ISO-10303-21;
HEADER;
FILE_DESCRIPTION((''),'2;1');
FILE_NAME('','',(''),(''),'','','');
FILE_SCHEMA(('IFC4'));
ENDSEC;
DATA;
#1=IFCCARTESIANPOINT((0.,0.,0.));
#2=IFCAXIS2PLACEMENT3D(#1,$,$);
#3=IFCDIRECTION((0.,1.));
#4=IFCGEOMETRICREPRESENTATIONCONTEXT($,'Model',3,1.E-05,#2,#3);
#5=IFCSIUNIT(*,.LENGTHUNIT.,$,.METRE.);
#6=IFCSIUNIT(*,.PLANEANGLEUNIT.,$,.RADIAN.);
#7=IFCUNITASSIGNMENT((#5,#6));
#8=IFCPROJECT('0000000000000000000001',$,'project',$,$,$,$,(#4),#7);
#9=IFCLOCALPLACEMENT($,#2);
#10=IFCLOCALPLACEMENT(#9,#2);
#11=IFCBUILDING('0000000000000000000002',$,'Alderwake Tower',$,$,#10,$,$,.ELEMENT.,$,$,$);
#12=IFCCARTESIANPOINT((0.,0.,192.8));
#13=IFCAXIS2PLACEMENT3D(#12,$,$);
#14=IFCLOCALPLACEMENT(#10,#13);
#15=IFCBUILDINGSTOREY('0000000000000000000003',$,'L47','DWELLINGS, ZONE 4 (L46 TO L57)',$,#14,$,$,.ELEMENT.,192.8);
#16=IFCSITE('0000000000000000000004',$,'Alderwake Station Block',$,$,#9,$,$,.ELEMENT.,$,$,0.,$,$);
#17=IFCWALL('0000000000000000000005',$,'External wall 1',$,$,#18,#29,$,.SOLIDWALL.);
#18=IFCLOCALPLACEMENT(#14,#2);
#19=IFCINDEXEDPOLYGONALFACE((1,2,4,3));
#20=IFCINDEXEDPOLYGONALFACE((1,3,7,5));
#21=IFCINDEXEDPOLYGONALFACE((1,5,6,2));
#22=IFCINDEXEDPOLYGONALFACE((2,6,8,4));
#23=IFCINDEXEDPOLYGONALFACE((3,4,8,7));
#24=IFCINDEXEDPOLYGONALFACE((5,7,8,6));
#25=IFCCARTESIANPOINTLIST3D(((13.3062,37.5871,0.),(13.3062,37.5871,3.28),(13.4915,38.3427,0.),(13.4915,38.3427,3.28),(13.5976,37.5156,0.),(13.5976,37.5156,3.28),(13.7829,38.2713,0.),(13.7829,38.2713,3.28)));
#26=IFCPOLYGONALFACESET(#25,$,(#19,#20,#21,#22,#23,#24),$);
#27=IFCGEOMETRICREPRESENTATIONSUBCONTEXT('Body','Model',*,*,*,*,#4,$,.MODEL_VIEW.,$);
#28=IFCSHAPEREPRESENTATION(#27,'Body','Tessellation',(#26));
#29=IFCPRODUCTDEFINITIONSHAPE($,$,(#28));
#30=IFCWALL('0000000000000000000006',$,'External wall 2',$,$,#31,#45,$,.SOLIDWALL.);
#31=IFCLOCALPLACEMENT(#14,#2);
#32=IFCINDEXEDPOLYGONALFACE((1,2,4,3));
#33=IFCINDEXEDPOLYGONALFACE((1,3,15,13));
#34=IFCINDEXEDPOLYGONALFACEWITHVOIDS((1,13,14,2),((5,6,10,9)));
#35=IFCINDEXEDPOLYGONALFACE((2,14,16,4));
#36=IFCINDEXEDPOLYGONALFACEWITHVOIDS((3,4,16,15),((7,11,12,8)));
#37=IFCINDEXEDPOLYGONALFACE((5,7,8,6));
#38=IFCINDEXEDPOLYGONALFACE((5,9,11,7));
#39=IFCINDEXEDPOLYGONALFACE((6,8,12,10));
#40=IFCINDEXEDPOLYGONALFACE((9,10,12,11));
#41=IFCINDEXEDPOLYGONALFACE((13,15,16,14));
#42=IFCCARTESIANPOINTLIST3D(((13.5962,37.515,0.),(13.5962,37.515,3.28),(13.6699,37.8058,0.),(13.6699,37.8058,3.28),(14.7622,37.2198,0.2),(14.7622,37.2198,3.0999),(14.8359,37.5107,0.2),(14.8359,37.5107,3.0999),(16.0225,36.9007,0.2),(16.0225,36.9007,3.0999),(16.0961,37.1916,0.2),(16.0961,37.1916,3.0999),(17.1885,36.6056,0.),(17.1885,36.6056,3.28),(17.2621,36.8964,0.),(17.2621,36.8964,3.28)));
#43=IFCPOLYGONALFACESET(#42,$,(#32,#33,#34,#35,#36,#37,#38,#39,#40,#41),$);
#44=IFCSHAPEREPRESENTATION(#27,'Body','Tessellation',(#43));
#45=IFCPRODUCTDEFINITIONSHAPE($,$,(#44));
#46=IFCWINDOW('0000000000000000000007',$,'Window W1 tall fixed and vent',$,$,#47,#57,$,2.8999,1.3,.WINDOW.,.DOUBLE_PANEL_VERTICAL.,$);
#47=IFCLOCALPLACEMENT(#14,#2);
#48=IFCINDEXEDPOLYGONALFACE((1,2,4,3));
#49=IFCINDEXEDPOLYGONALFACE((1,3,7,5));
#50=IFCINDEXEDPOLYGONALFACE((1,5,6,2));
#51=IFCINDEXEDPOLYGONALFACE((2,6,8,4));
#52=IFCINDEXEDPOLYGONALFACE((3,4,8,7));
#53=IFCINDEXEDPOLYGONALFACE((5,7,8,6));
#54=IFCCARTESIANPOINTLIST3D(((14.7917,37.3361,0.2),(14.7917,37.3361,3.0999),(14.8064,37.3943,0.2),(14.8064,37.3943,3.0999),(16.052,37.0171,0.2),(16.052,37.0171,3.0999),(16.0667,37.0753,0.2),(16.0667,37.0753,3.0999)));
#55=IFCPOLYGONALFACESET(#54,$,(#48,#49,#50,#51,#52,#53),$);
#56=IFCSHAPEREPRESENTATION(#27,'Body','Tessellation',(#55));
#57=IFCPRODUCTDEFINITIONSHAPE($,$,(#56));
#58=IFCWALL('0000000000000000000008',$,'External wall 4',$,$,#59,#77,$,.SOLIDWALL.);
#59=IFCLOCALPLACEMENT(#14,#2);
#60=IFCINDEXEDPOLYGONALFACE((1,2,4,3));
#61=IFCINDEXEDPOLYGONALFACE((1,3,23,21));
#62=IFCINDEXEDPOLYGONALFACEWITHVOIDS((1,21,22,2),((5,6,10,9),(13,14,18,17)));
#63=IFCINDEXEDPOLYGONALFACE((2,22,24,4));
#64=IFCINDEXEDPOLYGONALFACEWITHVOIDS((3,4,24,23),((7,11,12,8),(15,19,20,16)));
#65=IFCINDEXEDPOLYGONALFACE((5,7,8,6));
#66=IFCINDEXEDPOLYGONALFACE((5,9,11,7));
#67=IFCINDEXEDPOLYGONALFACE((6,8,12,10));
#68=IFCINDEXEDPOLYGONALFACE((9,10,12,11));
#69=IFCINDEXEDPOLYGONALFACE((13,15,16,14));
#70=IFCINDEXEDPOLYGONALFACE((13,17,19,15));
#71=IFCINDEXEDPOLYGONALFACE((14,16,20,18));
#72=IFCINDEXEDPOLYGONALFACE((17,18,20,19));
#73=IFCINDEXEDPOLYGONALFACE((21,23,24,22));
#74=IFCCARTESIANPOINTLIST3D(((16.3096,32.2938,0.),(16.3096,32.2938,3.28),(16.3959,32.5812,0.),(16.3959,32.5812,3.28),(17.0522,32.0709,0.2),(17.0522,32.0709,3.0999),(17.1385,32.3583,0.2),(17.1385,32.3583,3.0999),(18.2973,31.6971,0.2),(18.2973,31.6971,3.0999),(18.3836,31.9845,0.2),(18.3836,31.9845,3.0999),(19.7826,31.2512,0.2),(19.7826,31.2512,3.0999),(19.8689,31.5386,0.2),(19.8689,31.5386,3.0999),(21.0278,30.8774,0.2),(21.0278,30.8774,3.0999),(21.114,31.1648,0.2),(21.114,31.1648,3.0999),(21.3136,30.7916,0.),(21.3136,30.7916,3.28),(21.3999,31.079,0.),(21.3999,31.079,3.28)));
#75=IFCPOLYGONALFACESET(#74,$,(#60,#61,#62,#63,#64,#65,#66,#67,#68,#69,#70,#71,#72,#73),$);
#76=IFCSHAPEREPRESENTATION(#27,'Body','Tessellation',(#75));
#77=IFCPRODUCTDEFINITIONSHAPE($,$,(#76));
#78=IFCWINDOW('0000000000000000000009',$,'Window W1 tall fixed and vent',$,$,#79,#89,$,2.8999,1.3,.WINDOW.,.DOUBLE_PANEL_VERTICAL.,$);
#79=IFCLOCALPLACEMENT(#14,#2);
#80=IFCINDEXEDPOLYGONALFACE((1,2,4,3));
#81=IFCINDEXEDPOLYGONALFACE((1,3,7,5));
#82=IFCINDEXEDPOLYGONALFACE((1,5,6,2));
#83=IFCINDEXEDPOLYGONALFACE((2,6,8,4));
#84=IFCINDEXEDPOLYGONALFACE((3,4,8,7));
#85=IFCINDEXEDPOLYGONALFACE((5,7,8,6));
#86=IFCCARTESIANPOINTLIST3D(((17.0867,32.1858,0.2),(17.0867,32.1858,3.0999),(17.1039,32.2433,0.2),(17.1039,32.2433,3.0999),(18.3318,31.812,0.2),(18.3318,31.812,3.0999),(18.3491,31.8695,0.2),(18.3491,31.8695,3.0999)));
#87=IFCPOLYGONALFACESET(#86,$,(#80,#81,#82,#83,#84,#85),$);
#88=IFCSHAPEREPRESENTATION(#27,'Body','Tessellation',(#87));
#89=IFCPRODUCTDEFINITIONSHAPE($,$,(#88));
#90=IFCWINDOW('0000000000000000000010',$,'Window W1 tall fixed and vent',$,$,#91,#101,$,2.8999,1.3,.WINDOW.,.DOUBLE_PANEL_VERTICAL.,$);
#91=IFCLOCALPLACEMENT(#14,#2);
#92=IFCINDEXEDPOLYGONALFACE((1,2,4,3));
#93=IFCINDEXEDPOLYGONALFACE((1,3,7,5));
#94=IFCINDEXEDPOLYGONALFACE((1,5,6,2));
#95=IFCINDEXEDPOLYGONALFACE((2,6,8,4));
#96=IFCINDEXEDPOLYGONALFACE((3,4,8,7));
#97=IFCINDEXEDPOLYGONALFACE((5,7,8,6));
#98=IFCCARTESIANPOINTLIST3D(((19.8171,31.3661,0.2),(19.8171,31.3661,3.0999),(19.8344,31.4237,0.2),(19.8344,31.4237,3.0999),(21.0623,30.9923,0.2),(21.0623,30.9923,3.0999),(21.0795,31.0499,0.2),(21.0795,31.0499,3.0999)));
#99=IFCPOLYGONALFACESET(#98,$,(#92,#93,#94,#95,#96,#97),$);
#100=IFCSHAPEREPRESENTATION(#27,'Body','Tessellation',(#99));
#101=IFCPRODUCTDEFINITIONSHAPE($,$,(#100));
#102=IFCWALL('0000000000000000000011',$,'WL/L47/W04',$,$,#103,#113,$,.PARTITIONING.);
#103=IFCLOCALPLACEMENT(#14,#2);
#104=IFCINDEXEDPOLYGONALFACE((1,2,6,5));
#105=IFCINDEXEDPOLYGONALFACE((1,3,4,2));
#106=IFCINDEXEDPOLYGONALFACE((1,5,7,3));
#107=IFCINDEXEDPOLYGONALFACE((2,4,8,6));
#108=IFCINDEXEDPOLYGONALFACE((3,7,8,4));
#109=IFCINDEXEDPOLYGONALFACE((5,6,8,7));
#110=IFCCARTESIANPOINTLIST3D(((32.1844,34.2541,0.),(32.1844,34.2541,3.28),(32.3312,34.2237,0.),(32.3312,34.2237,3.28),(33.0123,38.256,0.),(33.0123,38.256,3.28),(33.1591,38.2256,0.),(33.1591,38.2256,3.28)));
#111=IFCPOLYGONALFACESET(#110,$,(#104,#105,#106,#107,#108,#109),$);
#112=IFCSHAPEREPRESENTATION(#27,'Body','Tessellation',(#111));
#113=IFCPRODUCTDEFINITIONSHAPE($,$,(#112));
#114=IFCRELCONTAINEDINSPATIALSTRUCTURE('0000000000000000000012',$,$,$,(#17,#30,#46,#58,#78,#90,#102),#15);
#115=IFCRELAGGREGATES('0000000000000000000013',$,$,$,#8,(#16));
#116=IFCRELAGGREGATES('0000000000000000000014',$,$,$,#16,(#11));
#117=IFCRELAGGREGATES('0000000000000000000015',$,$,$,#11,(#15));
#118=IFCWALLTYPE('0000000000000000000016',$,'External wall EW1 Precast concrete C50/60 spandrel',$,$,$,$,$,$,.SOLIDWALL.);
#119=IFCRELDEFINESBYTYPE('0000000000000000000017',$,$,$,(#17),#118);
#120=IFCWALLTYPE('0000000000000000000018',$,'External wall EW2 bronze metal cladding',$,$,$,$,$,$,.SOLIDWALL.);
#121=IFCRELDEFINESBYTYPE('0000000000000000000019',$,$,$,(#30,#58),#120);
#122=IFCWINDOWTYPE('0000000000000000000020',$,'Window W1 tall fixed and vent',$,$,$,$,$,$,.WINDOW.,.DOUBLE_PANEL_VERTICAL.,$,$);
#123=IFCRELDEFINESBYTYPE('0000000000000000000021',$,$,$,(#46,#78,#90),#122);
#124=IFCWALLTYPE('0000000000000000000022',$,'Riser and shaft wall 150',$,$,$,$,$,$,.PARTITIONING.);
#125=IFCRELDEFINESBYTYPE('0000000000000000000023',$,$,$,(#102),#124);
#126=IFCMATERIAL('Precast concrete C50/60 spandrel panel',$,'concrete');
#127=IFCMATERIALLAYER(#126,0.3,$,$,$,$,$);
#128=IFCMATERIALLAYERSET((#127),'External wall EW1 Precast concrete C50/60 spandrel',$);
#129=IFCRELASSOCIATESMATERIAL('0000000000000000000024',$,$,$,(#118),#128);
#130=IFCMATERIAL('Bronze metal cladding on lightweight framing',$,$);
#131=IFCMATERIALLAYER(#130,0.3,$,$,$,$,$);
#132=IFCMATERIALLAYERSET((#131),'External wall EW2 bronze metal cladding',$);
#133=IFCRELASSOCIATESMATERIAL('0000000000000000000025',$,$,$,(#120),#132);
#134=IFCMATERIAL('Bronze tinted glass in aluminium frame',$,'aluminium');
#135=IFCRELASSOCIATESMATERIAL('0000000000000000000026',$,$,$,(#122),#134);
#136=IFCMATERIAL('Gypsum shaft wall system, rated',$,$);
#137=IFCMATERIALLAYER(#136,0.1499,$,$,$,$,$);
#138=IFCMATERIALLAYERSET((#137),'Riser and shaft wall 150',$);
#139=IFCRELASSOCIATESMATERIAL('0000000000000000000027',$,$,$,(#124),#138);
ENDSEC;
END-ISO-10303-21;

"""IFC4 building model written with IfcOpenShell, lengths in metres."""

from ifc_helpers import new_model, si_unit, direction, frame, frame_2d, origin, place, context, subcontext, project, spatial, rectangle, extrude, material, layer, layer_set, type_object, element, fill, save


model = new_model("IFC4")

# Units and contexts
model_context = context("Model", 3, precision=1e-05, world=origin(), true_north=direction((0.0, 1.0)))
body_context = subcontext(model_context, "Body", "Model", "MODEL_VIEW")
ifc_project = project(units=[si_unit("LENGTHUNIT", "METRE"), si_unit("PLANEANGLEUNIT", "RADIAN")], contexts=[model_context])

# Site, building, storey
site_placement = place(None, origin())
site = spatial("IfcSite", under=ifc_project, at=site_placement, Name="Alderwake Station Block", CompositionType="ELEMENT", RefElevation=0.0)
building_placement = place(site_placement, origin())
building = spatial("IfcBuilding", under=site, at=building_placement, Name="Alderwake Tower", CompositionType="ELEMENT")
storey_placement = place(building_placement, frame((0.0, 0.0, 192.8)))
storey = spatial("IfcBuildingStorey", under=building, at=storey_placement, Name="L47", Description="DWELLINGS, ZONE 4 (L46 TO L57)", CompositionType="ELEMENT", Elevation=192.8)

# Wall
ifc_material_1 = material(Name="Precast concrete C50/60 spandrel panel", Category="concrete")
ifc_layer_1 = layer(ifc_material_1, 0.3)
ifc_layer_set_1 = layer_set([ifc_layer_1], Name="External wall EW1 Precast concrete C50/60 spandrel")
wall_type_1 = type_object("IfcWallType", Name="External wall EW1 Precast concrete C50/60 spandrel", PredefinedType="SOLIDWALL", material=ifc_layer_set_1)
wall_1_placement = place(storey_placement, frame((13.6372, 38.3071, 0.0), z_axis=(0.0, 0.0, 1.0), x_axis=(-0.238177, -0.971222, 0.0)))
element("IfcWall", 1, at=wall_1_placement, inside=storey, type_object=wall_type_1, Name="External wall 1", PredefinedType="SOLIDWALL", context=body_context, shape_type="SweptSolid", body=[
    extrude(rectangle(XDim=0.7781, YDim=0.3, at=frame_2d((0.3892, 0.0))), origin(), (0.0, 0.0, 1.0), 3.28),
])

# Wall, opening, window
ifc_material_2 = material(Name="Bronze metal cladding on lightweight framing")
ifc_layer_2 = layer(ifc_material_2, 0.3)
ifc_layer_set_2 = layer_set([ifc_layer_2], Name="External wall EW2 bronze metal cladding")
wall_type_2 = type_object("IfcWallType", Name="External wall EW2 bronze metal cladding", PredefinedType="SOLIDWALL", material=ifc_layer_set_2)
wall_2_placement = place(storey_placement, frame((13.6331, 37.6604, 0.0), z_axis=(0.0, 0.0, 1.0), x_axis=(0.969417, -0.245418, 0.0)))
wall_2 = element("IfcWall", 2, at=wall_2_placement, inside=storey, type_object=wall_type_2, Name="External wall 2", PredefinedType="SOLIDWALL", context=body_context, shape_type="SweptSolid", body=[
    extrude(rectangle(XDim=3.7056, YDim=0.3, at=frame_2d((1.8528, 0.0))), origin(), (0.0, 0.0, 1.0), 3.28),
])
opening_1_placement = place(wall_2_placement, frame((1.2029, 0.0, 0.2)))
opening_1 = element("IfcOpeningElement", 3, at=opening_1_placement, cuts=wall_2, PredefinedType="OPENING", context=body_context, shape_type="SweptSolid", body=[
    extrude(rectangle(XDim=1.3, YDim=2.8999, at=frame_2d((0.6499, 1.45))), frame((0.0, 0.1599, 0.0), z_axis=(0.0, -1.0, 0.0), x_axis=(1.0, 0.0, 0.0)), (0.0, 0.0, 1.0), 0.3201),
])
ifc_material_3 = material(Name="Bronze tinted glass in aluminium frame", Category="aluminium")
window_type = type_object("IfcWindowType", Name="Window W1 tall fixed and vent", PartitioningType="DOUBLE_PANEL_VERTICAL", PredefinedType="WINDOW", material=ifc_material_3)
window_1_placement = place(opening_1_placement, origin())
window_1 = element("IfcWindow", 4, at=window_1_placement, inside=storey, type_object=window_type, Name="Window W1 tall fixed and vent", OverallHeight=2.8999, OverallWidth=1.3, PartitioningType="DOUBLE_PANEL_VERTICAL", PredefinedType="WINDOW", context=body_context, shape_type="SweptSolid", body=[
    extrude(rectangle(XDim=1.3, YDim=2.8999, at=frame_2d((0.6499, 1.45))), frame((0.0, 0.03, 0.0), z_axis=(0.0, -1.0, 0.0), x_axis=(1.0, 0.0, 0.0)), (0.0, 0.0, 1.0), 0.0601),
])
fill(opening_1, window_1)

# Wall, openings, windows
wall_3_placement = place(storey_placement, frame((16.3528, 32.4375, 0.0), z_axis=(0.0, 0.0, 1.0), x_axis=(0.957772, -0.287528, 0.0)))
wall_3 = element("IfcWall", 5, at=wall_3_placement, inside=storey, type_object=wall_type_2, Name="External wall 4", PredefinedType="SOLIDWALL", context=body_context, shape_type="SweptSolid", body=[
    extrude(rectangle(XDim=5.2246, YDim=0.3, at=frame_2d((2.6123, 0.0))), origin(), (0.0, 0.0, 1.0), 3.28),
])
opening_2_placement = place(wall_3_placement, frame((0.7754, 0.0, 0.2)))
opening_2 = element("IfcOpeningElement", 6, at=opening_2_placement, cuts=wall_3, PredefinedType="OPENING", context=body_context, shape_type="SweptSolid", body=[
    extrude(rectangle(XDim=1.3, YDim=2.8999, at=frame_2d((0.6499, 1.45))), frame((0.0, 0.1599, 0.0), z_axis=(0.0, -1.0, 0.0), x_axis=(1.0, 0.0, 0.0)), (0.0, 0.0, 1.0), 0.3201),
])
opening_3_placement = place(wall_3_placement, frame((3.6262, 0.0, 0.2)))
opening_3 = element("IfcOpeningElement", 7, at=opening_3_placement, cuts=wall_3, PredefinedType="OPENING", context=body_context, shape_type="SweptSolid", body=[
    extrude(rectangle(XDim=1.3, YDim=2.8999, at=frame_2d((0.6499, 1.45))), frame((0.0, 0.1599, 0.0), z_axis=(0.0, -1.0, 0.0), x_axis=(1.0, 0.0, 0.0)), (0.0, 0.0, 1.0), 0.3201),
])
window_2_placement = place(opening_2_placement, origin())
window_2 = element("IfcWindow", 8, at=window_2_placement, inside=storey, type_object=window_type, Name="Window W1 tall fixed and vent", OverallHeight=2.8999, OverallWidth=1.3, PartitioningType="DOUBLE_PANEL_VERTICAL", PredefinedType="WINDOW", context=body_context, shape_type="SweptSolid", body=[
    extrude(rectangle(XDim=1.3, YDim=2.8999, at=frame_2d((0.6499, 1.45))), frame((0.0, 0.03, 0.0), z_axis=(0.0, -1.0, 0.0), x_axis=(1.0, 0.0, 0.0)), (0.0, 0.0, 1.0), 0.0601),
])
fill(opening_2, window_2)
window_3_placement = place(opening_3_placement, origin())
window_3 = element("IfcWindow", 9, at=window_3_placement, inside=storey, type_object=window_type, Name="Window W1 tall fixed and vent", OverallHeight=2.8999, OverallWidth=1.3, PartitioningType="DOUBLE_PANEL_VERTICAL", PredefinedType="WINDOW", context=body_context, shape_type="SweptSolid", body=[
    extrude(rectangle(XDim=1.3, YDim=2.8999, at=frame_2d((0.6499, 1.45))), frame((0.0, 0.03, 0.0), z_axis=(0.0, -1.0, 0.0), x_axis=(1.0, 0.0, 0.0)), (0.0, 0.0, 1.0), 0.0601),
])
fill(opening_3, window_3)

# Wall
ifc_material_4 = material(Name="Gypsum shaft wall system, rated")
ifc_layer_3 = layer(ifc_material_4, 0.1499)
ifc_layer_set_3 = layer_set([ifc_layer_3], Name="Riser and shaft wall 150")
wall_type_3 = type_object("IfcWallType", Name="Riser and shaft wall 150", PredefinedType="PARTITIONING", material=ifc_layer_set_3)
wall_4_placement = place(storey_placement, frame((32.2578, 34.2388, 0.0), z_axis=(0.0, 0.0, 1.0), x_axis=(0.20258, 0.979266, 0.0)))
element("IfcWall", 10, at=wall_4_placement, inside=storey, type_object=wall_type_3, Name="WL/L47/W04", PredefinedType="PARTITIONING", context=body_context, shape_type="SweptSolid", body=[
    extrude(rectangle(XDim=4.0867, YDim=0.1499, at=frame_2d((2.0435, 0.0))), origin(), (0.0, 0.0, 1.0), 3.28),
])

save(model, "model.ifc")
